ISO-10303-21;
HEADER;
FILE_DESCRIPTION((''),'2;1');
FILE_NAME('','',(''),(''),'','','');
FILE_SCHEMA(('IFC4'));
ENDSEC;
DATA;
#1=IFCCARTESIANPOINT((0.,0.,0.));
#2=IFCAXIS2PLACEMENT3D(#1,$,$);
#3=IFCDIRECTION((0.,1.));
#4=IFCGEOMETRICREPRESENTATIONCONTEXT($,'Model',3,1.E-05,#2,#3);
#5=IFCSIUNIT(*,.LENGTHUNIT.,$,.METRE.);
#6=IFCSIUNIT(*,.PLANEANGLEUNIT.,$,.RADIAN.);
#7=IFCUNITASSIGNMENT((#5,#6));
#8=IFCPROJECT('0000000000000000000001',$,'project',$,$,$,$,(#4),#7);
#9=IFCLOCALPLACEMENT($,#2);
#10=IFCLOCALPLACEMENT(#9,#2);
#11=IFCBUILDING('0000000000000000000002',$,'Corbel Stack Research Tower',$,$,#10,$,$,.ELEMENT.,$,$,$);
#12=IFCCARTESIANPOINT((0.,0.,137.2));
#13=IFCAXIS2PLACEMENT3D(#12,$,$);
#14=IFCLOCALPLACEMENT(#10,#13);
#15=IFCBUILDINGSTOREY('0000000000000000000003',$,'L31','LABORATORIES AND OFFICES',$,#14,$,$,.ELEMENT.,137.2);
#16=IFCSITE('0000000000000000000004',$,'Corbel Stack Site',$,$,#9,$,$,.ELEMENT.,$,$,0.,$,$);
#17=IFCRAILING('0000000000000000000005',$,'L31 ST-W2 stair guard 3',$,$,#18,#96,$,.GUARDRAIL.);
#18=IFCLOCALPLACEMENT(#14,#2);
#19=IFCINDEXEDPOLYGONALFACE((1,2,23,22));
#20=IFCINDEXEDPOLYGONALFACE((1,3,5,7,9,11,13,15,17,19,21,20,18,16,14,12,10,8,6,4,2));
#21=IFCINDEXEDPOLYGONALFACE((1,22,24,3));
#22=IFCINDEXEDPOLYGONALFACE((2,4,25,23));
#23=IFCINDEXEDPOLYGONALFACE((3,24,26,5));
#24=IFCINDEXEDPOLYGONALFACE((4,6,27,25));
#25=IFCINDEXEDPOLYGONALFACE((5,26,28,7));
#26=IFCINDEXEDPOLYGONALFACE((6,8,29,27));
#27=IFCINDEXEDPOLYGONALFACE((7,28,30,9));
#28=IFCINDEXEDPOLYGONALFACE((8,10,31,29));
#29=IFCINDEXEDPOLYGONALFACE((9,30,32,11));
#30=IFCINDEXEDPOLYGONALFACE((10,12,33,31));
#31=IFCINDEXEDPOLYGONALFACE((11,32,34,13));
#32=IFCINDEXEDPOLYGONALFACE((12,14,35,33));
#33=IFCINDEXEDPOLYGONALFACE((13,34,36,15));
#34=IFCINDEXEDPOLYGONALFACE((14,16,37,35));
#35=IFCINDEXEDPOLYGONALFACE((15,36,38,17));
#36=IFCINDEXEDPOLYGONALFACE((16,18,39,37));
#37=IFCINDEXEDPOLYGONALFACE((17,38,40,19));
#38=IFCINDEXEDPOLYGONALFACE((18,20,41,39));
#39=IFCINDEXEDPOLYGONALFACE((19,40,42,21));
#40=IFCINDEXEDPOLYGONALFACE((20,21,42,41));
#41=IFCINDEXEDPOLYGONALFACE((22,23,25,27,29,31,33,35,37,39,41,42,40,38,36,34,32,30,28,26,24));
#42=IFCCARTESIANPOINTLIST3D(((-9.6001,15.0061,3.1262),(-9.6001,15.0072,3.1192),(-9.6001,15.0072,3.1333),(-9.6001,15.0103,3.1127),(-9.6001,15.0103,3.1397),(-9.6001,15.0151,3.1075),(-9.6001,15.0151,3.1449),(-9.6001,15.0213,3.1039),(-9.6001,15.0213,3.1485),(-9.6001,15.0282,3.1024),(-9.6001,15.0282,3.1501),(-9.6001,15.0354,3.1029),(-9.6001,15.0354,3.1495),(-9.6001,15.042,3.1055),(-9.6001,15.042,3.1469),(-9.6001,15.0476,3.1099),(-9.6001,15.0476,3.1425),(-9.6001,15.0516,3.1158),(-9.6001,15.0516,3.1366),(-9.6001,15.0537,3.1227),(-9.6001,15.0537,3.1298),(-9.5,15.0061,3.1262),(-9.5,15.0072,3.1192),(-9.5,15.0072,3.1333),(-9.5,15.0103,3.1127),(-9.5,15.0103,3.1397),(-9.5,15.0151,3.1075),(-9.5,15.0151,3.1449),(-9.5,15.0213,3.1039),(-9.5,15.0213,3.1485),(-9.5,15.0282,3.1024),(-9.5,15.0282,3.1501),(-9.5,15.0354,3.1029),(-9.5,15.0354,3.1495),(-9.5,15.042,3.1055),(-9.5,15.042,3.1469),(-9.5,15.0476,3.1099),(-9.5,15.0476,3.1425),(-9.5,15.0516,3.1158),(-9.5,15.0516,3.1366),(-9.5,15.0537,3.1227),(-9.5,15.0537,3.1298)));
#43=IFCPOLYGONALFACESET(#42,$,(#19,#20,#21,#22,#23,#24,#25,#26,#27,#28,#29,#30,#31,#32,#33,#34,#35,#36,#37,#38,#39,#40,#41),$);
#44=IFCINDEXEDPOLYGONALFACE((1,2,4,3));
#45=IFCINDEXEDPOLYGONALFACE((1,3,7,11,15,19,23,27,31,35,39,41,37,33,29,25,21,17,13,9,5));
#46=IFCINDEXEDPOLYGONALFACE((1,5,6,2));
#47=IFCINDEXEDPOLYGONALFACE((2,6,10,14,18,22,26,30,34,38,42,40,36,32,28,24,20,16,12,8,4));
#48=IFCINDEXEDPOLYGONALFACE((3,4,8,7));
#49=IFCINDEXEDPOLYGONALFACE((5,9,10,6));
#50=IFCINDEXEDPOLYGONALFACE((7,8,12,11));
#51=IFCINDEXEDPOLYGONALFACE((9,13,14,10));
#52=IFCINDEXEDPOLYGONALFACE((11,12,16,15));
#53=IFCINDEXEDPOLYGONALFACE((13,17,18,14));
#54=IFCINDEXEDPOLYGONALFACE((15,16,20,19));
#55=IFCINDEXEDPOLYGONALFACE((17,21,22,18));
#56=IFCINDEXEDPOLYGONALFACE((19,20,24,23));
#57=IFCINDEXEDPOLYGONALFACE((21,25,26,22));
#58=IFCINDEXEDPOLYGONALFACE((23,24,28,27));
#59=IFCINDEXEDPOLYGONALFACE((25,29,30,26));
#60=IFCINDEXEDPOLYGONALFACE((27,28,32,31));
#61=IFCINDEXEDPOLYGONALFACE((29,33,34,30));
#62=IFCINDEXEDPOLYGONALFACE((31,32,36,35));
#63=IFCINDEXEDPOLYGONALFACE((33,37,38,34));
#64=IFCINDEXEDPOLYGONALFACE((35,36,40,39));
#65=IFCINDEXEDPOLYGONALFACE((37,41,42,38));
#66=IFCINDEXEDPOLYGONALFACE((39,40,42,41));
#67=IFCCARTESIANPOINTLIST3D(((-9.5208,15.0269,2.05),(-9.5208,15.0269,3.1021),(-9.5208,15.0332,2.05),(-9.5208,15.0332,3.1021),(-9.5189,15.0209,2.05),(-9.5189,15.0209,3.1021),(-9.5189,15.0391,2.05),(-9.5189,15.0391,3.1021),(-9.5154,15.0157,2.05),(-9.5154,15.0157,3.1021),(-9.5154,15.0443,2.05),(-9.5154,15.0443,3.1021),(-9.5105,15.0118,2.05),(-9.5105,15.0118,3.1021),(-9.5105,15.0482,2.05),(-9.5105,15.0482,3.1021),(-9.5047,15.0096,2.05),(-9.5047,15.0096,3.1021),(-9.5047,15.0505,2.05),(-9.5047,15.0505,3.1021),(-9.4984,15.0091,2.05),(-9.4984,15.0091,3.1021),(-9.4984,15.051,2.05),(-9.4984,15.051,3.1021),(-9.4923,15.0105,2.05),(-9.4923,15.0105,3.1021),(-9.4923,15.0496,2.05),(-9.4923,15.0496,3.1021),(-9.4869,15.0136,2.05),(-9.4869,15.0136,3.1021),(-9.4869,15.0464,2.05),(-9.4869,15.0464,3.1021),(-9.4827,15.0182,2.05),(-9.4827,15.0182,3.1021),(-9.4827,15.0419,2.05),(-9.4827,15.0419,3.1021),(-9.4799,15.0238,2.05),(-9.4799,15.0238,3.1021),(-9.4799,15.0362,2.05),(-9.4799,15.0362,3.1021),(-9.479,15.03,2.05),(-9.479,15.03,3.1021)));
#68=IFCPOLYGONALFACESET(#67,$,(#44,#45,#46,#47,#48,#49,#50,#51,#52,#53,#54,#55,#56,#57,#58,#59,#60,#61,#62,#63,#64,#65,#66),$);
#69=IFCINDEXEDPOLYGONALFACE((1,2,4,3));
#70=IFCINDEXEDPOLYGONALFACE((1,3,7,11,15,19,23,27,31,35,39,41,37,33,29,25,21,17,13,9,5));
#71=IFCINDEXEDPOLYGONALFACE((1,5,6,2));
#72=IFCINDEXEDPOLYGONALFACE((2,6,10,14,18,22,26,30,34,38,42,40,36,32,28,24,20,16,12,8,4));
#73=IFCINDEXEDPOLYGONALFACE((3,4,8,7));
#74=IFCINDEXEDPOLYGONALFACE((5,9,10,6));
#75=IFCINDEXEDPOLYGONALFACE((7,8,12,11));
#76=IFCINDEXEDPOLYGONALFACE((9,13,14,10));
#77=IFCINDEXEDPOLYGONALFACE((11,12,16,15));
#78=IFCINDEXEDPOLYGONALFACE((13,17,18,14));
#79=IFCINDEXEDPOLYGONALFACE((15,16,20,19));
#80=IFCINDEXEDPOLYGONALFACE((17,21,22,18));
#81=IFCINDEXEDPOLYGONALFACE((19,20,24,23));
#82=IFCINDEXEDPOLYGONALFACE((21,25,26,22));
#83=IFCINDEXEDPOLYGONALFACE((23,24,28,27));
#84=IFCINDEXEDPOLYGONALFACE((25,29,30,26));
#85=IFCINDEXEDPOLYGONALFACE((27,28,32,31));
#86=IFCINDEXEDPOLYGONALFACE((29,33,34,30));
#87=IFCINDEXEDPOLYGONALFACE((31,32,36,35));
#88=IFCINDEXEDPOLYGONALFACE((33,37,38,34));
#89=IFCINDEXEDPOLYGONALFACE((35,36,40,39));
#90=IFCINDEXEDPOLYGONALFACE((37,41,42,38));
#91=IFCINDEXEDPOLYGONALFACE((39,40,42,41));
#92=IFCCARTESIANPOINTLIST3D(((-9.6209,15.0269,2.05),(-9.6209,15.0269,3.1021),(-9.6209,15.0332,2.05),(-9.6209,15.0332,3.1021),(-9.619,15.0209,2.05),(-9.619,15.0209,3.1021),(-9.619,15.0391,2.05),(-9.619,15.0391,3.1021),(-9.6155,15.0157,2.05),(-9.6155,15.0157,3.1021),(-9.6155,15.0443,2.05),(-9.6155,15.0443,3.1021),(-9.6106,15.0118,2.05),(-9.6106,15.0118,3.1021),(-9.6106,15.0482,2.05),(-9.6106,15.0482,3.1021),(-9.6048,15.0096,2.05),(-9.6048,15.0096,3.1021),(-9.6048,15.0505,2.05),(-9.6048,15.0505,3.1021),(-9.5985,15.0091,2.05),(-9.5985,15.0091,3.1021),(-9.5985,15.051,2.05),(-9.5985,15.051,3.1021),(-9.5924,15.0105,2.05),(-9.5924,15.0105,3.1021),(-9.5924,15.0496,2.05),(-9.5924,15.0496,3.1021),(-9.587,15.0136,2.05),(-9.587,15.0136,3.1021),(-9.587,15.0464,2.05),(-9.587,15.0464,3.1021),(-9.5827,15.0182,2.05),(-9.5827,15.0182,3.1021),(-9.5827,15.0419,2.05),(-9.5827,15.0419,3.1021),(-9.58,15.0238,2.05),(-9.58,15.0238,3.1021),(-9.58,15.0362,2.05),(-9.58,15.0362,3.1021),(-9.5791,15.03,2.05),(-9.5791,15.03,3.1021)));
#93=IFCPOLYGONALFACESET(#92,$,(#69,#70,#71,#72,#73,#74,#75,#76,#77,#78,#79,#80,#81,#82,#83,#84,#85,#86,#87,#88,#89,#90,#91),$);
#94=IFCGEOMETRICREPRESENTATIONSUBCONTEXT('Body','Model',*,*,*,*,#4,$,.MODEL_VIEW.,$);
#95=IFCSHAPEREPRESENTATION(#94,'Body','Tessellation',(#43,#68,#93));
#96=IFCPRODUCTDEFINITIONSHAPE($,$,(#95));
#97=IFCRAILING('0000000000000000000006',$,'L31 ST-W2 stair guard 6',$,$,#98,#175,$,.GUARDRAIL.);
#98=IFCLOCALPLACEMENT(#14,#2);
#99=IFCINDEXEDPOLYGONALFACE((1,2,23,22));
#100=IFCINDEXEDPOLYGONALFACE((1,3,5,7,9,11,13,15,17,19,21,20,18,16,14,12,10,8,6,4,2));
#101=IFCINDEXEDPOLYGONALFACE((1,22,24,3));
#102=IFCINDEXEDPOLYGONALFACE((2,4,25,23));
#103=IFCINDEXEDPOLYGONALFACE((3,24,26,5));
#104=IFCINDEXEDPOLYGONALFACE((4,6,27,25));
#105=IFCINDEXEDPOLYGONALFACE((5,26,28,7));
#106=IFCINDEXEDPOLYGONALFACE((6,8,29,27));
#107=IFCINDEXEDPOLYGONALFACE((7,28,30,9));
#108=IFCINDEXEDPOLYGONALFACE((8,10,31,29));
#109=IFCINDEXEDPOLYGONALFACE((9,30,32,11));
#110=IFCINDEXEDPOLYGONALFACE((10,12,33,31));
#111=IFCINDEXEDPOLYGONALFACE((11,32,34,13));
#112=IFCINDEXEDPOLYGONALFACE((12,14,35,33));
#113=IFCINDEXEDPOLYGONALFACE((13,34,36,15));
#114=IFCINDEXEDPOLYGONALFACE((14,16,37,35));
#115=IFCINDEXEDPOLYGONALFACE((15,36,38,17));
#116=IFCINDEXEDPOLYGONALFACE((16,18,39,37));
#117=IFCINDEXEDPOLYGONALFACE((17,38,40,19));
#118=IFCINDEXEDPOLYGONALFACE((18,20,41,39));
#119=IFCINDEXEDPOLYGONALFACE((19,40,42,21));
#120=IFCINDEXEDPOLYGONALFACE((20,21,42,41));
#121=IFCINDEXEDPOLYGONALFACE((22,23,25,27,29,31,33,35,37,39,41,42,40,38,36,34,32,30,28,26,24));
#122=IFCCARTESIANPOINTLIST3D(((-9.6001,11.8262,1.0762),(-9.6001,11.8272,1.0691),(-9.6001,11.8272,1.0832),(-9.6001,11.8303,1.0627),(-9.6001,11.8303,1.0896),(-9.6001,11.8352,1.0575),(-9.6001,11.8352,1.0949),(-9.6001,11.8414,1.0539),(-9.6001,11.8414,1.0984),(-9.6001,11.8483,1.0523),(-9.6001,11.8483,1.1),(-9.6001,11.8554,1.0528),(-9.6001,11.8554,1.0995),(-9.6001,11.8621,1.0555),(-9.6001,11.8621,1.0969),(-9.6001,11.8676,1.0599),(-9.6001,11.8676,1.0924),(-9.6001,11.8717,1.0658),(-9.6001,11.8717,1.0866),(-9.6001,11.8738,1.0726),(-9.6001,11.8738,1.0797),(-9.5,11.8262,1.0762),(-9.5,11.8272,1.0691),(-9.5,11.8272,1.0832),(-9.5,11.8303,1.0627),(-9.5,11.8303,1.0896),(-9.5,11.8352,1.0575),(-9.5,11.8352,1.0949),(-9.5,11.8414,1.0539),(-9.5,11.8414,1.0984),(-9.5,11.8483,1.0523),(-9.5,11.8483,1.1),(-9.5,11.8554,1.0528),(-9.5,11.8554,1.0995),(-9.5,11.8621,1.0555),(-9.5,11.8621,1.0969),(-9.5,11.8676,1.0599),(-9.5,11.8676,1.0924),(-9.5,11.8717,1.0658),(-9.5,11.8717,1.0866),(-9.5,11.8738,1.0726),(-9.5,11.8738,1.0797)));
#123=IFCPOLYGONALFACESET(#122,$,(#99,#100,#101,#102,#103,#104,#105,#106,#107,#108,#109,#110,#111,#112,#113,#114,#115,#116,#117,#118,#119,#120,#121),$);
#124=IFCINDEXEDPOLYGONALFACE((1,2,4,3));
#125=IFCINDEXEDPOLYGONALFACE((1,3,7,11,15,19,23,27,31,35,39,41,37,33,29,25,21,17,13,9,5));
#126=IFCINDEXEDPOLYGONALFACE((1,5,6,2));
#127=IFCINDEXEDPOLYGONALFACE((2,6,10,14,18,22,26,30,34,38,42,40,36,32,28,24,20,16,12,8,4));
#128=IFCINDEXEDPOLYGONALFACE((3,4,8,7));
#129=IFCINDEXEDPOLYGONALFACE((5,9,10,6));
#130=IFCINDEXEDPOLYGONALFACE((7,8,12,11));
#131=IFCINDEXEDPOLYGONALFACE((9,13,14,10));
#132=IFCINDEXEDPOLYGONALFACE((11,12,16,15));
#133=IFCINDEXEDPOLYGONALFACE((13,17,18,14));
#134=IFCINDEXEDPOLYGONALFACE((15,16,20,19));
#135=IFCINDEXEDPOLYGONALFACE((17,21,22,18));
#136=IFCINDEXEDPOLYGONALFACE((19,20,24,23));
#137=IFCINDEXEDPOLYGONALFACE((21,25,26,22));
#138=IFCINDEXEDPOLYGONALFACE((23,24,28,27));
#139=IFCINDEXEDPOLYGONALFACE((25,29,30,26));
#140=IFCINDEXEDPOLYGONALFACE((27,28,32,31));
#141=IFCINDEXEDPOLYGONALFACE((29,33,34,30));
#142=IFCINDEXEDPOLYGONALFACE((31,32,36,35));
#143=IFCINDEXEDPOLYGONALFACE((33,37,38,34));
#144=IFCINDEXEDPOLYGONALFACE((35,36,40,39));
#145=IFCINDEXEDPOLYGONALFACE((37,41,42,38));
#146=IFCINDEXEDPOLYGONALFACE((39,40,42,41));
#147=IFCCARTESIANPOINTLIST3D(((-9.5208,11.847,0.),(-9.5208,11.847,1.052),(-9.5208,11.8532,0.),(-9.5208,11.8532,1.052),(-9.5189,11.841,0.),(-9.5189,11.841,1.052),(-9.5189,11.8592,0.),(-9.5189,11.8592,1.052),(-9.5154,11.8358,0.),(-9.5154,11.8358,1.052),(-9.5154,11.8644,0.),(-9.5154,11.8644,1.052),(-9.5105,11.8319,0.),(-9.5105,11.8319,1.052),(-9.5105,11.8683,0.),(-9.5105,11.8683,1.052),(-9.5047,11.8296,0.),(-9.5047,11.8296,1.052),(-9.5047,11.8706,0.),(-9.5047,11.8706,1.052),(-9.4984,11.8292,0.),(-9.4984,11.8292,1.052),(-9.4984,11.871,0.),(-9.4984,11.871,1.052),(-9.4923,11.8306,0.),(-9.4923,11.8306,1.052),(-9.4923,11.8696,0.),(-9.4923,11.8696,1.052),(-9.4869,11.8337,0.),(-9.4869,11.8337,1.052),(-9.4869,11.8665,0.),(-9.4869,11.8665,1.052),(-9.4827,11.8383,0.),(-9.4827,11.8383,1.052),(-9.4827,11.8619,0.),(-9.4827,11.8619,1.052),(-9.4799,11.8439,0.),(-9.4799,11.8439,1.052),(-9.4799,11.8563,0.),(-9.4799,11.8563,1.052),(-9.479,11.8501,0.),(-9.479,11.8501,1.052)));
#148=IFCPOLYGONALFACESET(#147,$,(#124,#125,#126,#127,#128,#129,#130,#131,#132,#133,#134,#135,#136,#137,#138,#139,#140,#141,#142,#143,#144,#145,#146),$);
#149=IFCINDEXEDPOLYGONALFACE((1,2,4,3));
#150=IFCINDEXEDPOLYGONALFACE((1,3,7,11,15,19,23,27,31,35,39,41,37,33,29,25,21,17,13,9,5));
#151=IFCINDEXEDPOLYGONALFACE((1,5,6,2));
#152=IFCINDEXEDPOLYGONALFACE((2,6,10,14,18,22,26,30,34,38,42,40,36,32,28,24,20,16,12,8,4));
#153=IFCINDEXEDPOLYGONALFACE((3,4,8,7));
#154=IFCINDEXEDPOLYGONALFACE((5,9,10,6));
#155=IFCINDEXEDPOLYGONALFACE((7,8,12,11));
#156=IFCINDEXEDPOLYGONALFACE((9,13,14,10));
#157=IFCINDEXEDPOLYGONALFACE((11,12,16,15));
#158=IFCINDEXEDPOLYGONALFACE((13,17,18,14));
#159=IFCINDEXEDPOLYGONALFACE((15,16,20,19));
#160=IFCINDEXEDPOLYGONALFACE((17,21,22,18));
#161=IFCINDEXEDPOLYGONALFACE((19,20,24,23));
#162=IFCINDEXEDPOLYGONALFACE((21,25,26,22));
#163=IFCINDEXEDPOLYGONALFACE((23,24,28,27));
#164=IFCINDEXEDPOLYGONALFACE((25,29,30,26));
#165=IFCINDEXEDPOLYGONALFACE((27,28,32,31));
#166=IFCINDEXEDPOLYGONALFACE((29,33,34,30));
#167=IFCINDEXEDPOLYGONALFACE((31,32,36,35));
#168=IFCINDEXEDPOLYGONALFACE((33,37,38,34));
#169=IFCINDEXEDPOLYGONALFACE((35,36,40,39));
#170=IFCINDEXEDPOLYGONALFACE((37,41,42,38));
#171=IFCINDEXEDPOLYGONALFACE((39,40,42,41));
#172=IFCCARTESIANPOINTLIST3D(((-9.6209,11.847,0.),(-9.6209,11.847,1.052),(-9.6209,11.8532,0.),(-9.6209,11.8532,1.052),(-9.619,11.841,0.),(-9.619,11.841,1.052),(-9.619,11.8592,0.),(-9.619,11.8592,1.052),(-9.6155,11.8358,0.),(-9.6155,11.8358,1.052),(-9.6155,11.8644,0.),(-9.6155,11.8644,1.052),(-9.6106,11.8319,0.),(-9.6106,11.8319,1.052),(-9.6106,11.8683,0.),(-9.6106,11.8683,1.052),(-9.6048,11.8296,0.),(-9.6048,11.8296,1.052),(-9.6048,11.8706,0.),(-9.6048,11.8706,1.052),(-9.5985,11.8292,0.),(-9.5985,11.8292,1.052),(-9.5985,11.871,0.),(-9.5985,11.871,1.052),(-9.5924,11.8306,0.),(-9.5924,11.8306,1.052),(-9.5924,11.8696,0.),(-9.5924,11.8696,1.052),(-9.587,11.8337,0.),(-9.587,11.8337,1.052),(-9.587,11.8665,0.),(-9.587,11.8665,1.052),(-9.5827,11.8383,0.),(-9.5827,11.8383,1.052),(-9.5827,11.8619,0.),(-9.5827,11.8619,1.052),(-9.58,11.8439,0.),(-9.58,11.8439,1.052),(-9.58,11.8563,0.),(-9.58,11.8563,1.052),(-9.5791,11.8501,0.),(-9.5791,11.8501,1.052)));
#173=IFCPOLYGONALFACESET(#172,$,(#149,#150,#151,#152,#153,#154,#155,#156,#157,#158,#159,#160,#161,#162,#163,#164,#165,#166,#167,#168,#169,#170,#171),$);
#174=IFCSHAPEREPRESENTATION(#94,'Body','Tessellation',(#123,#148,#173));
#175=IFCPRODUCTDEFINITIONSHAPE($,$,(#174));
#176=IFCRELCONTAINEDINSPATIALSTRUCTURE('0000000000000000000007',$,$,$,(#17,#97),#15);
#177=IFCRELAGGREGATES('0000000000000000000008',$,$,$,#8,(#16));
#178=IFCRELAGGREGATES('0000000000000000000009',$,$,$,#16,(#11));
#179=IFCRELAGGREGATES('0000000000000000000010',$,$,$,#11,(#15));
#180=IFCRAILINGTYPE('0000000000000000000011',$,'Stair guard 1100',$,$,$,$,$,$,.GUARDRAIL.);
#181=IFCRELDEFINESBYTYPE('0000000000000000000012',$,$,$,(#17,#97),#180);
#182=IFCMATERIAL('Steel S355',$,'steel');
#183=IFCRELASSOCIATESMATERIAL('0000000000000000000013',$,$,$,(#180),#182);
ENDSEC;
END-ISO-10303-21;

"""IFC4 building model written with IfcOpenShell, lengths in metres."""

from ifc_helpers import new_model, si_unit, direction, frame, origin, origin_2d, place, context, subcontext, project, spatial, circle, extrude, material, type_object, element, save


model = new_model("IFC4")

# Units and contexts
model_context = context("Model", 3, precision=1e-05, world=origin(), true_north=direction((0.0, 1.0)))
body_context = subcontext(model_context, "Body", "Model", "MODEL_VIEW")
ifc_project = project(units=[si_unit("LENGTHUNIT", "METRE"), si_unit("PLANEANGLEUNIT", "RADIAN")], contexts=[model_context])

# Site, building, storey
site_placement = place(None, origin())
site = spatial("IfcSite", under=ifc_project, at=site_placement, Name="Corbel Stack Site", CompositionType="ELEMENT", RefElevation=0.0)
building_placement = place(site_placement, origin())
building = spatial("IfcBuilding", under=site, at=building_placement, Name="Corbel Stack Research Tower", CompositionType="ELEMENT")
storey_placement = place(building_placement, frame((0.0, 0.0, 137.2)))
storey = spatial("IfcBuildingStorey", under=building, at=storey_placement, Name="L31", Description="LABORATORIES AND OFFICES", CompositionType="ELEMENT", Elevation=137.2)

# Railings
ifc_material_1 = material(Name="Steel S355", Category="steel")
railing_type_1 = type_object("IfcRailingType", Name="Stair guard 1100", PredefinedType="GUARDRAIL", material=ifc_material_1)
for number, where, name in (
    (1, (-9.5, 15.03, 2.05), "L31 ST-W2 stair guard 3"),
    (2, (-9.5, 11.8501, 0.0), "L31 ST-W2 stair guard 6"),
):
    element("IfcRailing", number, at=place(storey_placement, frame(where)), inside=storey, type_object=railing_type_1, Name=name, PredefinedType="GUARDRAIL", context=body_context, shape_type="SweptSolid", body=[
        extrude(circle(Radius=0.0239, at=origin_2d()), frame((0.0, 0.0, 1.0762), z_axis=(-1.0, 0.0, 0.0), x_axis=(0.0, -1.0, 0.0)), (0.0, 0.0, 1.0), 0.1001),
        extrude(circle(Radius=0.021, at=origin_2d()), origin(), (0.0, 0.0, 1.0), 1.052),
        extrude(circle(Radius=0.021, at=origin_2d()), frame((-0.1001, 0.0, 0.0)), (0.0, 0.0, 1.0), 1.052),
    ])

save(model, "model.ifc")
